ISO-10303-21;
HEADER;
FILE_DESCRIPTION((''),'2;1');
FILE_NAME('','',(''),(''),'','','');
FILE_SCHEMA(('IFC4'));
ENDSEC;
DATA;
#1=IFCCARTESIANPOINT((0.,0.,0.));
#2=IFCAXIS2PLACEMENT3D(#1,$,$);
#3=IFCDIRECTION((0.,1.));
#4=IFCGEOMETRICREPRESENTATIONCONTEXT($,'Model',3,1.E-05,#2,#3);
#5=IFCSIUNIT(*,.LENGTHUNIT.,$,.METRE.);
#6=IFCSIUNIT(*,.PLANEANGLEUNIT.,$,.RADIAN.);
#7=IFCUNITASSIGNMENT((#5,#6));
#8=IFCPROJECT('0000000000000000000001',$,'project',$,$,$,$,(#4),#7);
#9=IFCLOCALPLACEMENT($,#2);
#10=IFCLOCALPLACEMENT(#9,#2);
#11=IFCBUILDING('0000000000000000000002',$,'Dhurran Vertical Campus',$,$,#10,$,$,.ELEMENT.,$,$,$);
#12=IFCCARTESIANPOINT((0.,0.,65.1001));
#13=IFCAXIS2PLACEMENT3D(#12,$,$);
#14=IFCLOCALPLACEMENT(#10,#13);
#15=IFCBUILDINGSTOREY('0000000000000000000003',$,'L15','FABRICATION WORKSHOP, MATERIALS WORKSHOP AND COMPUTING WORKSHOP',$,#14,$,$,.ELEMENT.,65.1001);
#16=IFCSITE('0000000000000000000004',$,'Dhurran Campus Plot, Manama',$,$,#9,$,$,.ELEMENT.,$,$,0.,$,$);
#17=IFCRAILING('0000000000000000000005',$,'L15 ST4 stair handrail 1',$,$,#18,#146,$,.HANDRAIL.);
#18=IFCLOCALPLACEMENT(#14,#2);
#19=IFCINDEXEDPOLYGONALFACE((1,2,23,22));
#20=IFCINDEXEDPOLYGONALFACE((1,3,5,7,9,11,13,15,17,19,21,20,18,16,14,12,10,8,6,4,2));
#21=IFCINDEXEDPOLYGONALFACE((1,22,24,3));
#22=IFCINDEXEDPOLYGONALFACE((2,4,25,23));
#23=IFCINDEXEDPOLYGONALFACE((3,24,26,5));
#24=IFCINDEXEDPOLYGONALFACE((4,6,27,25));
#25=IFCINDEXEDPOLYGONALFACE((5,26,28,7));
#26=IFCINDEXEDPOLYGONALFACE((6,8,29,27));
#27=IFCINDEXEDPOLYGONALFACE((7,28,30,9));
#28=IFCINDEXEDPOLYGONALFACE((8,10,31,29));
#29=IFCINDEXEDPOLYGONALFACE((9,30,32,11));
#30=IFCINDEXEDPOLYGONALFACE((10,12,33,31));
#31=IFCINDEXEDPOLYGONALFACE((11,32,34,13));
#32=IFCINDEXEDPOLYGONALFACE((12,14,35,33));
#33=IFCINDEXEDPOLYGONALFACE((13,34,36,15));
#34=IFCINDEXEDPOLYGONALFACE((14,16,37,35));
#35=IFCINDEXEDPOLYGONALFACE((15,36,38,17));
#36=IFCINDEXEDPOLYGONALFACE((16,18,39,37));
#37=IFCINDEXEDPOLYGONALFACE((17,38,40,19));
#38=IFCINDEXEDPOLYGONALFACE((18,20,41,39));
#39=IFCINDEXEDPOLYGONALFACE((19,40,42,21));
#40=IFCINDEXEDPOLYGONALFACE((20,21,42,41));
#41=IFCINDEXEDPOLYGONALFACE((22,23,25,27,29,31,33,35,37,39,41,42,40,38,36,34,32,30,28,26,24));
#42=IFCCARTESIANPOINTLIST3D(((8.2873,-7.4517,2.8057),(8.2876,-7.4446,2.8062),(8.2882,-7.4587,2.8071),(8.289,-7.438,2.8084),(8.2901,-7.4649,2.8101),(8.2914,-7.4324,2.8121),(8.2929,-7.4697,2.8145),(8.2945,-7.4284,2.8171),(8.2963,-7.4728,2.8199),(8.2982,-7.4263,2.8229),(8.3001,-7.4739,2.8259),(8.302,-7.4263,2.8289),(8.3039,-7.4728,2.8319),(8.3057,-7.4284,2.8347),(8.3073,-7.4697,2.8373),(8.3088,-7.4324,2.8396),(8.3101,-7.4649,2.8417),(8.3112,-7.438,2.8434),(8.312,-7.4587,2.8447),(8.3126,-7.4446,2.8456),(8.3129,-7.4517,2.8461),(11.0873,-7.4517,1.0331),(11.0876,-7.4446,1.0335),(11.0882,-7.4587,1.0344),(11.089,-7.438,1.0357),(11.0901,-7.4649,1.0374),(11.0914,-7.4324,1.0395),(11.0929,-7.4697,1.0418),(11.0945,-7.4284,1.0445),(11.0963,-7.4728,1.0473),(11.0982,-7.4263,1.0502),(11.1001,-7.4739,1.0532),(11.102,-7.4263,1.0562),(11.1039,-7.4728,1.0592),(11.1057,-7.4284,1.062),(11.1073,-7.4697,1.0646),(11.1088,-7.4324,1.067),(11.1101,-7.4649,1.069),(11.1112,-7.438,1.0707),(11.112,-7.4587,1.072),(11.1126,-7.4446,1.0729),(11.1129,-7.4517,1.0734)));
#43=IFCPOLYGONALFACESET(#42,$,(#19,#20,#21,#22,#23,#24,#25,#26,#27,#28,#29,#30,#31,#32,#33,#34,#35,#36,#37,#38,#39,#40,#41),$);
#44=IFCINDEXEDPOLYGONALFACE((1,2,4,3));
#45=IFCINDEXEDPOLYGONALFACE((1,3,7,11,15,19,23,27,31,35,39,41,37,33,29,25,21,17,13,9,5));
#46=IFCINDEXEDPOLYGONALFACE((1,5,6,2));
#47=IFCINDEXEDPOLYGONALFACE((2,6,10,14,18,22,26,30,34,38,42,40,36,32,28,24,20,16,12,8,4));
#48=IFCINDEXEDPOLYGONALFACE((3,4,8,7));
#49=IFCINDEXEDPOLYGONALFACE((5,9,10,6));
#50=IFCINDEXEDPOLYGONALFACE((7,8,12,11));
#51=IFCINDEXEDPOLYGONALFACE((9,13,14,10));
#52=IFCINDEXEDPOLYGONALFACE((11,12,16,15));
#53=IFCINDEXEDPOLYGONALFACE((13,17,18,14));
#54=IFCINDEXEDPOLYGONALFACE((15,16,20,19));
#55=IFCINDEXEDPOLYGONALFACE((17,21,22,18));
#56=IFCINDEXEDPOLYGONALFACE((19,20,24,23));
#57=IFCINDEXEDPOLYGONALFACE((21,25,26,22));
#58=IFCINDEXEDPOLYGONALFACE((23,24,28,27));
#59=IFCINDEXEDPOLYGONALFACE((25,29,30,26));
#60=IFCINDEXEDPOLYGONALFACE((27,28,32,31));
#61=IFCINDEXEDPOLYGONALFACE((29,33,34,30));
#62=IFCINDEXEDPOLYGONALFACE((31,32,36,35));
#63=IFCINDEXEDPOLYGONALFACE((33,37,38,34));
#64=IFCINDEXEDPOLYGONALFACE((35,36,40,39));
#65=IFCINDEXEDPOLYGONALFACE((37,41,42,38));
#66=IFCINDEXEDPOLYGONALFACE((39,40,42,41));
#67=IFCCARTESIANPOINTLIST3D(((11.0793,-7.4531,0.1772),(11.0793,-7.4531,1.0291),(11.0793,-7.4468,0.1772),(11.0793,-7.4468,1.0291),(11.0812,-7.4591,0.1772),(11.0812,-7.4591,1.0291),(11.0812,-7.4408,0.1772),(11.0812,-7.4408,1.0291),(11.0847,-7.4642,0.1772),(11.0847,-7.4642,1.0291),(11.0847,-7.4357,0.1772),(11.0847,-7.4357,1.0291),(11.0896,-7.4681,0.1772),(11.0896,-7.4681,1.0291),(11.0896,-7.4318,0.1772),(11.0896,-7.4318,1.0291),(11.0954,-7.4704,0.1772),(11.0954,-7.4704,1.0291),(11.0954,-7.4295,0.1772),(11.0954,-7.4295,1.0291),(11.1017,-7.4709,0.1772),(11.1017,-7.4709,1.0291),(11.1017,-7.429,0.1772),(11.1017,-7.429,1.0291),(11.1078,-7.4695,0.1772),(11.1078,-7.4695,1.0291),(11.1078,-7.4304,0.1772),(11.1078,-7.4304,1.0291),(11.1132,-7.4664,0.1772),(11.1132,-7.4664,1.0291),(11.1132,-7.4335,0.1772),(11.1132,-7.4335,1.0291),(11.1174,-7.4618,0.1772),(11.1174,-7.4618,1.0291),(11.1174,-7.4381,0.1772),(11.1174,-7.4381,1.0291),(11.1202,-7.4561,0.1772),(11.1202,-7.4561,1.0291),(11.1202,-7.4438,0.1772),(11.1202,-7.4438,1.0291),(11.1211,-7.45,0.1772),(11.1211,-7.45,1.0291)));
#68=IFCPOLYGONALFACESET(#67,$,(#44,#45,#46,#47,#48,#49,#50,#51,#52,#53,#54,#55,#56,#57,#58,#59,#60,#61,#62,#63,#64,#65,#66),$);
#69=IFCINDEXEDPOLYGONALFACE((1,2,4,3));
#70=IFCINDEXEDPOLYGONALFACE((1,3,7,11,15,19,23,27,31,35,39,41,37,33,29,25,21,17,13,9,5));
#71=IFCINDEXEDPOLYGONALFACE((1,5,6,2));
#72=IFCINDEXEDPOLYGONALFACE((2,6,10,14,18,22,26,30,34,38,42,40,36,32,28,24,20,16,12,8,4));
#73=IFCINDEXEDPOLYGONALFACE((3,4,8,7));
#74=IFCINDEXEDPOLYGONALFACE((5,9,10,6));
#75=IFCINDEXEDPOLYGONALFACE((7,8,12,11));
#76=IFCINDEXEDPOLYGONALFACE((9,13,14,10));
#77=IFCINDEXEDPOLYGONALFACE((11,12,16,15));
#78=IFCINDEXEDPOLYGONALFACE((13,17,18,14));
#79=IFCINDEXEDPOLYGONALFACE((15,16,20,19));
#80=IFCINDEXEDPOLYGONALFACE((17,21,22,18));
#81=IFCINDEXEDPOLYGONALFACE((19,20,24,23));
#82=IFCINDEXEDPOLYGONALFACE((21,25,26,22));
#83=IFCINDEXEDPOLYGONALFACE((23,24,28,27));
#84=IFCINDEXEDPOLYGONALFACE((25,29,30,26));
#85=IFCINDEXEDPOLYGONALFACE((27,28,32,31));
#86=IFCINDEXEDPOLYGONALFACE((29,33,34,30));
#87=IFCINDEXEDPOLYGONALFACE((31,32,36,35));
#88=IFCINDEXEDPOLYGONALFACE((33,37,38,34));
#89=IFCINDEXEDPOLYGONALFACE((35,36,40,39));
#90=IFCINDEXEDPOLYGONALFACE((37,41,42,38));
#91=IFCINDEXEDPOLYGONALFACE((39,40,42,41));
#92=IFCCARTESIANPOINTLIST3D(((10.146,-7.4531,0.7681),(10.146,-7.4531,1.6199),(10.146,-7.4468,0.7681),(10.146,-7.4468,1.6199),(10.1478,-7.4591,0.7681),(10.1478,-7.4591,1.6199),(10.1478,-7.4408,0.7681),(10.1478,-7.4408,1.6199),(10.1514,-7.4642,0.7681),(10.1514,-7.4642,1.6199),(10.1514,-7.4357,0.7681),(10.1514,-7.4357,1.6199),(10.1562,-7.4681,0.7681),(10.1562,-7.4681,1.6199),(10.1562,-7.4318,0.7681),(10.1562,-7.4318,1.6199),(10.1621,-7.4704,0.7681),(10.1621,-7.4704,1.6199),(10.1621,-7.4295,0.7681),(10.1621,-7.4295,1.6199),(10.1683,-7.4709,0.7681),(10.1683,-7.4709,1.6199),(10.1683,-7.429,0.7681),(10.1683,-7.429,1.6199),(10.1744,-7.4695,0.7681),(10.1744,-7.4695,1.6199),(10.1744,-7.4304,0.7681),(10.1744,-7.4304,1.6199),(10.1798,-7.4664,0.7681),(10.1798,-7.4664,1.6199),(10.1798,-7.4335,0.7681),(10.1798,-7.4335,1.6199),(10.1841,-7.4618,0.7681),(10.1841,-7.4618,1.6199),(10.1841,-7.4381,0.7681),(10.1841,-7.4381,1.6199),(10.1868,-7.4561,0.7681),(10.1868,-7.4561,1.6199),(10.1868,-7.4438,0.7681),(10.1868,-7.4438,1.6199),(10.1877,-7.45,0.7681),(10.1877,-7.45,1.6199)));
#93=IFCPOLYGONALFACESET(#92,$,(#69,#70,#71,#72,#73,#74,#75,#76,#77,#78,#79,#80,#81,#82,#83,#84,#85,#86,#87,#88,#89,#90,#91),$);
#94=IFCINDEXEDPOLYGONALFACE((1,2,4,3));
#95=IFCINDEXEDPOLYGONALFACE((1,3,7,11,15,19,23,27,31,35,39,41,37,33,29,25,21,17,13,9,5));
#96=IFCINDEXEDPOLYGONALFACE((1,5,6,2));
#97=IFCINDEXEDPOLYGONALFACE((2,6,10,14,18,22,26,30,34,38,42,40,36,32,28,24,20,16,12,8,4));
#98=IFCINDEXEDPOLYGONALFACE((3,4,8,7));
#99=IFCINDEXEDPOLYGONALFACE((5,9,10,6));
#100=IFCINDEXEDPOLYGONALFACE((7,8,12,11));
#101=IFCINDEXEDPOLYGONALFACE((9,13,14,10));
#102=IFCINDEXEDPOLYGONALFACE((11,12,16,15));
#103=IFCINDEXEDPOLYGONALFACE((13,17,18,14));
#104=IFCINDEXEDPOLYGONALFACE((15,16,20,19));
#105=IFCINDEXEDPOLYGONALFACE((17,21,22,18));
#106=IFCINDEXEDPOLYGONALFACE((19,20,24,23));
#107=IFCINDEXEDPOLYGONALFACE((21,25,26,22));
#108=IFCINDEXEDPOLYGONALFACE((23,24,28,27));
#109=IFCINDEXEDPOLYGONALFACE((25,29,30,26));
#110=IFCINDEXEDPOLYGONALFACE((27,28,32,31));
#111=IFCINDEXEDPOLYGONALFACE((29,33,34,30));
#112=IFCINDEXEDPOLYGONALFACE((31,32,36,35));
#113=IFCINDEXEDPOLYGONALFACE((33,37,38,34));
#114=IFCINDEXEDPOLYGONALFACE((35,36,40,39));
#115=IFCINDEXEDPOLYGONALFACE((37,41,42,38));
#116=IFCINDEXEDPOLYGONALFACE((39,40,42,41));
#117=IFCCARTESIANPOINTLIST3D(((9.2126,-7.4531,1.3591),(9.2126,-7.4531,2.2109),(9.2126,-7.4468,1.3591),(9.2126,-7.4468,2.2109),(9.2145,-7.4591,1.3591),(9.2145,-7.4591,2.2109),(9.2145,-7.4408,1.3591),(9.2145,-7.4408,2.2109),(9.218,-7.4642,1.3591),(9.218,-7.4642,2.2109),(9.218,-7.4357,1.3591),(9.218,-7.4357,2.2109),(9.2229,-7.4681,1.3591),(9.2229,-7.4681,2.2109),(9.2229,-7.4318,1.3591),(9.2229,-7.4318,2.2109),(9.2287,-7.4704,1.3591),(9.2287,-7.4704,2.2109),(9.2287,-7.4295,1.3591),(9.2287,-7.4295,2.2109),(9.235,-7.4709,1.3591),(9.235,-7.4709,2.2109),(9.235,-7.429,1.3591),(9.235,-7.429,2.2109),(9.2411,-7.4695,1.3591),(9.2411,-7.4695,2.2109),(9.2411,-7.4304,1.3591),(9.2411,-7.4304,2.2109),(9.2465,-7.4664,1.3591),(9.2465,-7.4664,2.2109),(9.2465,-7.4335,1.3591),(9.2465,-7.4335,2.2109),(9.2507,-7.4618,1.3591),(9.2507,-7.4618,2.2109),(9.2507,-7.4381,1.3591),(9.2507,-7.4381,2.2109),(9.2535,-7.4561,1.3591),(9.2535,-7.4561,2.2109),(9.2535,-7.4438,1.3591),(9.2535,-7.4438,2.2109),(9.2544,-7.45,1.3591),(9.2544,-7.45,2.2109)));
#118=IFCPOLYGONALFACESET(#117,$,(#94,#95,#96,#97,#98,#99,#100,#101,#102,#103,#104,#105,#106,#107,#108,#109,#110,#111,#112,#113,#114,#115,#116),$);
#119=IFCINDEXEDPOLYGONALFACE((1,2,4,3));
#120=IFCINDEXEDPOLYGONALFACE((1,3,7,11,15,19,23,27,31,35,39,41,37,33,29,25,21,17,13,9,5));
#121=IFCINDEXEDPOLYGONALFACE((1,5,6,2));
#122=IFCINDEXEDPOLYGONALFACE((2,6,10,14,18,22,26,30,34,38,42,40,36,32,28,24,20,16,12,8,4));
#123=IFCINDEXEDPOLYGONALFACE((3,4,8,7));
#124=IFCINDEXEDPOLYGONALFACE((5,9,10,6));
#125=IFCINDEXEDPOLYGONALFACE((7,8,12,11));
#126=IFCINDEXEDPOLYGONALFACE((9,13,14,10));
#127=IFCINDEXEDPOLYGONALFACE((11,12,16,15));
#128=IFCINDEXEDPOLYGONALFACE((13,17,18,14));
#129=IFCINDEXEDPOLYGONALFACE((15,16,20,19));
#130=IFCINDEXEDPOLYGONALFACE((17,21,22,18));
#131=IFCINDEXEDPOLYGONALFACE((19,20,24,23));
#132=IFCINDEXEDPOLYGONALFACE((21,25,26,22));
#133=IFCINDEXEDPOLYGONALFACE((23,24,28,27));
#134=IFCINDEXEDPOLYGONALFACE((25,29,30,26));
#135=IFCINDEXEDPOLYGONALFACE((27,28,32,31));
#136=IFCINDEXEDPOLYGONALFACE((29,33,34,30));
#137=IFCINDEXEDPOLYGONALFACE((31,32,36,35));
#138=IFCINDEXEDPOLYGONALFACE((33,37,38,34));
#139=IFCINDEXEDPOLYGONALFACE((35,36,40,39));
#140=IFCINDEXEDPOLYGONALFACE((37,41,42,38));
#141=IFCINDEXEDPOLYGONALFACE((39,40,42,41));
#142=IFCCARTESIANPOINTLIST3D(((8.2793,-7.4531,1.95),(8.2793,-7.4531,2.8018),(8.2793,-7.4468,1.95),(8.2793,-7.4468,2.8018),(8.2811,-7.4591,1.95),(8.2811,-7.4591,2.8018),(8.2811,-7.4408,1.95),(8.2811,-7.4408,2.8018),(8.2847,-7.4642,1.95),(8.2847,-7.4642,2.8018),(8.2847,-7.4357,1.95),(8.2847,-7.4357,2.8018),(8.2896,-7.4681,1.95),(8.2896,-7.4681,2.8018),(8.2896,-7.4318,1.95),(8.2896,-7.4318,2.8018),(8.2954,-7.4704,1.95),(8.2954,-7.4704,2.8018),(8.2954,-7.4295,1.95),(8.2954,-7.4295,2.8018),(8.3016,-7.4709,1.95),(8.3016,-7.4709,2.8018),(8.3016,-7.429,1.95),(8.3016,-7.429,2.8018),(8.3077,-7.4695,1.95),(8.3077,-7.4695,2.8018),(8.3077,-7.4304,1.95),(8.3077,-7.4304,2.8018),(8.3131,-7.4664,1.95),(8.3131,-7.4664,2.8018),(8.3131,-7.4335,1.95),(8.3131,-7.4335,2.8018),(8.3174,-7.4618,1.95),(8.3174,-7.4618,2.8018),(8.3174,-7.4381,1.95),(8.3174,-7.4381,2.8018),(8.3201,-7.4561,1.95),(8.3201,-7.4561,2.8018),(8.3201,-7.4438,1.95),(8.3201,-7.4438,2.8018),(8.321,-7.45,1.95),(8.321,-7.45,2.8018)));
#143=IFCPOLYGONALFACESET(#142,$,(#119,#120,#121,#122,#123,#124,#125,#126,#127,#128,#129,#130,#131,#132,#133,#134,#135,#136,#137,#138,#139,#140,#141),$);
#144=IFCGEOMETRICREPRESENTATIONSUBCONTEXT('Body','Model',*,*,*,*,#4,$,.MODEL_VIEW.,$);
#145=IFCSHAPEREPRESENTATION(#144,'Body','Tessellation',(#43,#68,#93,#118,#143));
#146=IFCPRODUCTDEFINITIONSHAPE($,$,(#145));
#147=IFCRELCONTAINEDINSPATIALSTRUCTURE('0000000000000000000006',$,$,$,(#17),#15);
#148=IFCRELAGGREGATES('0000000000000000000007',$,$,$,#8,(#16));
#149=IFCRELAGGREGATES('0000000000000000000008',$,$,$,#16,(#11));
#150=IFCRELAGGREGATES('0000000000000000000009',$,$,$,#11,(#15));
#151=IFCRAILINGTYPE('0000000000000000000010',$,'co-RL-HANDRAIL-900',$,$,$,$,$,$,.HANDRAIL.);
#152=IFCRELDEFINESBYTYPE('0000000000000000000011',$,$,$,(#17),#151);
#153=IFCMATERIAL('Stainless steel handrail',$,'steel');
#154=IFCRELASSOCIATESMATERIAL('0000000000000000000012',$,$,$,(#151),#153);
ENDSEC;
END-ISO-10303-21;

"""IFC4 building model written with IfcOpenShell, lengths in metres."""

from ifc_helpers import new_model, si_unit, direction, frame, origin, origin_2d, place, context, subcontext, project, spatial, circle, extrude, material, type_object, element, save


model = new_model("IFC4")

# Units and contexts
model_context = context("Model", 3, precision=1e-05, world=origin(), true_north=direction((0.0, 1.0)))
body_context = subcontext(model_context, "Body", "Model", "MODEL_VIEW")
ifc_project = project(units=[si_unit("LENGTHUNIT", "METRE"), si_unit("PLANEANGLEUNIT", "RADIAN")], contexts=[model_context])

# Site, building, storey
site_placement = place(None, origin())
site = spatial("IfcSite", under=ifc_project, at=site_placement, Name="Dhurran Campus Plot, Manama", CompositionType="ELEMENT", RefElevation=0.0)
building_placement = place(site_placement, origin())
building = spatial("IfcBuilding", under=site, at=building_placement, Name="Dhurran Vertical Campus", CompositionType="ELEMENT")
storey_placement = place(building_placement, frame((0.0, 0.0, 65.1001)))
storey = spatial("IfcBuildingStorey", under=building, at=storey_placement, Name="L15", Description="FABRICATION WORKSHOP, MATERIALS WORKSHOP AND COMPUTING WORKSHOP", CompositionType="ELEMENT", Elevation=65.1001)

# Railing
ifc_material_1 = material(Name="Stainless steel handrail", Category="steel")
railing_type_1 = type_object("IfcRailingType", Name="co-RL-HANDRAIL-900", PredefinedType="HANDRAIL", material=ifc_material_1)
railing_1_placement = place(storey_placement, frame((11.1001, -7.45, 0.1772)))
element("IfcRailing", 1, at=railing_1_placement, inside=storey, type_object=railing_type_1, Name="L15 ST4 stair handrail 1", PredefinedType="HANDRAIL", context=body_context, shape_type="SweptSolid", body=[
    extrude(circle(Radius=0.0239, at=origin_2d()), frame((0.0, 0.0, 0.876), z_axis=(-0.844909, 0.0, 0.53491), x_axis=(0.0, -1.0, 0.0)), (0.0, 0.0, 1.0), 3.314),
    extrude(circle(Radius=0.021, at=origin_2d()), origin(), (0.0, 0.0, 1.0), 0.8518),
    extrude(circle(Radius=0.021, at=origin_2d()), frame((-0.9333, 0.0, 0.5908)), (0.0, 0.0, 1.0), 0.8518),
    extrude(circle(Radius=0.021, at=origin_2d()), frame((-1.8667, 0.0, 1.1819)), (0.0, 0.0, 1.0), 0.8518),
    extrude(circle(Radius=0.021, at=origin_2d()), frame((-2.8, 0.0, 1.7727)), (0.0, 0.0, 1.0), 0.8518),
])

save(model, "model.ifc")
